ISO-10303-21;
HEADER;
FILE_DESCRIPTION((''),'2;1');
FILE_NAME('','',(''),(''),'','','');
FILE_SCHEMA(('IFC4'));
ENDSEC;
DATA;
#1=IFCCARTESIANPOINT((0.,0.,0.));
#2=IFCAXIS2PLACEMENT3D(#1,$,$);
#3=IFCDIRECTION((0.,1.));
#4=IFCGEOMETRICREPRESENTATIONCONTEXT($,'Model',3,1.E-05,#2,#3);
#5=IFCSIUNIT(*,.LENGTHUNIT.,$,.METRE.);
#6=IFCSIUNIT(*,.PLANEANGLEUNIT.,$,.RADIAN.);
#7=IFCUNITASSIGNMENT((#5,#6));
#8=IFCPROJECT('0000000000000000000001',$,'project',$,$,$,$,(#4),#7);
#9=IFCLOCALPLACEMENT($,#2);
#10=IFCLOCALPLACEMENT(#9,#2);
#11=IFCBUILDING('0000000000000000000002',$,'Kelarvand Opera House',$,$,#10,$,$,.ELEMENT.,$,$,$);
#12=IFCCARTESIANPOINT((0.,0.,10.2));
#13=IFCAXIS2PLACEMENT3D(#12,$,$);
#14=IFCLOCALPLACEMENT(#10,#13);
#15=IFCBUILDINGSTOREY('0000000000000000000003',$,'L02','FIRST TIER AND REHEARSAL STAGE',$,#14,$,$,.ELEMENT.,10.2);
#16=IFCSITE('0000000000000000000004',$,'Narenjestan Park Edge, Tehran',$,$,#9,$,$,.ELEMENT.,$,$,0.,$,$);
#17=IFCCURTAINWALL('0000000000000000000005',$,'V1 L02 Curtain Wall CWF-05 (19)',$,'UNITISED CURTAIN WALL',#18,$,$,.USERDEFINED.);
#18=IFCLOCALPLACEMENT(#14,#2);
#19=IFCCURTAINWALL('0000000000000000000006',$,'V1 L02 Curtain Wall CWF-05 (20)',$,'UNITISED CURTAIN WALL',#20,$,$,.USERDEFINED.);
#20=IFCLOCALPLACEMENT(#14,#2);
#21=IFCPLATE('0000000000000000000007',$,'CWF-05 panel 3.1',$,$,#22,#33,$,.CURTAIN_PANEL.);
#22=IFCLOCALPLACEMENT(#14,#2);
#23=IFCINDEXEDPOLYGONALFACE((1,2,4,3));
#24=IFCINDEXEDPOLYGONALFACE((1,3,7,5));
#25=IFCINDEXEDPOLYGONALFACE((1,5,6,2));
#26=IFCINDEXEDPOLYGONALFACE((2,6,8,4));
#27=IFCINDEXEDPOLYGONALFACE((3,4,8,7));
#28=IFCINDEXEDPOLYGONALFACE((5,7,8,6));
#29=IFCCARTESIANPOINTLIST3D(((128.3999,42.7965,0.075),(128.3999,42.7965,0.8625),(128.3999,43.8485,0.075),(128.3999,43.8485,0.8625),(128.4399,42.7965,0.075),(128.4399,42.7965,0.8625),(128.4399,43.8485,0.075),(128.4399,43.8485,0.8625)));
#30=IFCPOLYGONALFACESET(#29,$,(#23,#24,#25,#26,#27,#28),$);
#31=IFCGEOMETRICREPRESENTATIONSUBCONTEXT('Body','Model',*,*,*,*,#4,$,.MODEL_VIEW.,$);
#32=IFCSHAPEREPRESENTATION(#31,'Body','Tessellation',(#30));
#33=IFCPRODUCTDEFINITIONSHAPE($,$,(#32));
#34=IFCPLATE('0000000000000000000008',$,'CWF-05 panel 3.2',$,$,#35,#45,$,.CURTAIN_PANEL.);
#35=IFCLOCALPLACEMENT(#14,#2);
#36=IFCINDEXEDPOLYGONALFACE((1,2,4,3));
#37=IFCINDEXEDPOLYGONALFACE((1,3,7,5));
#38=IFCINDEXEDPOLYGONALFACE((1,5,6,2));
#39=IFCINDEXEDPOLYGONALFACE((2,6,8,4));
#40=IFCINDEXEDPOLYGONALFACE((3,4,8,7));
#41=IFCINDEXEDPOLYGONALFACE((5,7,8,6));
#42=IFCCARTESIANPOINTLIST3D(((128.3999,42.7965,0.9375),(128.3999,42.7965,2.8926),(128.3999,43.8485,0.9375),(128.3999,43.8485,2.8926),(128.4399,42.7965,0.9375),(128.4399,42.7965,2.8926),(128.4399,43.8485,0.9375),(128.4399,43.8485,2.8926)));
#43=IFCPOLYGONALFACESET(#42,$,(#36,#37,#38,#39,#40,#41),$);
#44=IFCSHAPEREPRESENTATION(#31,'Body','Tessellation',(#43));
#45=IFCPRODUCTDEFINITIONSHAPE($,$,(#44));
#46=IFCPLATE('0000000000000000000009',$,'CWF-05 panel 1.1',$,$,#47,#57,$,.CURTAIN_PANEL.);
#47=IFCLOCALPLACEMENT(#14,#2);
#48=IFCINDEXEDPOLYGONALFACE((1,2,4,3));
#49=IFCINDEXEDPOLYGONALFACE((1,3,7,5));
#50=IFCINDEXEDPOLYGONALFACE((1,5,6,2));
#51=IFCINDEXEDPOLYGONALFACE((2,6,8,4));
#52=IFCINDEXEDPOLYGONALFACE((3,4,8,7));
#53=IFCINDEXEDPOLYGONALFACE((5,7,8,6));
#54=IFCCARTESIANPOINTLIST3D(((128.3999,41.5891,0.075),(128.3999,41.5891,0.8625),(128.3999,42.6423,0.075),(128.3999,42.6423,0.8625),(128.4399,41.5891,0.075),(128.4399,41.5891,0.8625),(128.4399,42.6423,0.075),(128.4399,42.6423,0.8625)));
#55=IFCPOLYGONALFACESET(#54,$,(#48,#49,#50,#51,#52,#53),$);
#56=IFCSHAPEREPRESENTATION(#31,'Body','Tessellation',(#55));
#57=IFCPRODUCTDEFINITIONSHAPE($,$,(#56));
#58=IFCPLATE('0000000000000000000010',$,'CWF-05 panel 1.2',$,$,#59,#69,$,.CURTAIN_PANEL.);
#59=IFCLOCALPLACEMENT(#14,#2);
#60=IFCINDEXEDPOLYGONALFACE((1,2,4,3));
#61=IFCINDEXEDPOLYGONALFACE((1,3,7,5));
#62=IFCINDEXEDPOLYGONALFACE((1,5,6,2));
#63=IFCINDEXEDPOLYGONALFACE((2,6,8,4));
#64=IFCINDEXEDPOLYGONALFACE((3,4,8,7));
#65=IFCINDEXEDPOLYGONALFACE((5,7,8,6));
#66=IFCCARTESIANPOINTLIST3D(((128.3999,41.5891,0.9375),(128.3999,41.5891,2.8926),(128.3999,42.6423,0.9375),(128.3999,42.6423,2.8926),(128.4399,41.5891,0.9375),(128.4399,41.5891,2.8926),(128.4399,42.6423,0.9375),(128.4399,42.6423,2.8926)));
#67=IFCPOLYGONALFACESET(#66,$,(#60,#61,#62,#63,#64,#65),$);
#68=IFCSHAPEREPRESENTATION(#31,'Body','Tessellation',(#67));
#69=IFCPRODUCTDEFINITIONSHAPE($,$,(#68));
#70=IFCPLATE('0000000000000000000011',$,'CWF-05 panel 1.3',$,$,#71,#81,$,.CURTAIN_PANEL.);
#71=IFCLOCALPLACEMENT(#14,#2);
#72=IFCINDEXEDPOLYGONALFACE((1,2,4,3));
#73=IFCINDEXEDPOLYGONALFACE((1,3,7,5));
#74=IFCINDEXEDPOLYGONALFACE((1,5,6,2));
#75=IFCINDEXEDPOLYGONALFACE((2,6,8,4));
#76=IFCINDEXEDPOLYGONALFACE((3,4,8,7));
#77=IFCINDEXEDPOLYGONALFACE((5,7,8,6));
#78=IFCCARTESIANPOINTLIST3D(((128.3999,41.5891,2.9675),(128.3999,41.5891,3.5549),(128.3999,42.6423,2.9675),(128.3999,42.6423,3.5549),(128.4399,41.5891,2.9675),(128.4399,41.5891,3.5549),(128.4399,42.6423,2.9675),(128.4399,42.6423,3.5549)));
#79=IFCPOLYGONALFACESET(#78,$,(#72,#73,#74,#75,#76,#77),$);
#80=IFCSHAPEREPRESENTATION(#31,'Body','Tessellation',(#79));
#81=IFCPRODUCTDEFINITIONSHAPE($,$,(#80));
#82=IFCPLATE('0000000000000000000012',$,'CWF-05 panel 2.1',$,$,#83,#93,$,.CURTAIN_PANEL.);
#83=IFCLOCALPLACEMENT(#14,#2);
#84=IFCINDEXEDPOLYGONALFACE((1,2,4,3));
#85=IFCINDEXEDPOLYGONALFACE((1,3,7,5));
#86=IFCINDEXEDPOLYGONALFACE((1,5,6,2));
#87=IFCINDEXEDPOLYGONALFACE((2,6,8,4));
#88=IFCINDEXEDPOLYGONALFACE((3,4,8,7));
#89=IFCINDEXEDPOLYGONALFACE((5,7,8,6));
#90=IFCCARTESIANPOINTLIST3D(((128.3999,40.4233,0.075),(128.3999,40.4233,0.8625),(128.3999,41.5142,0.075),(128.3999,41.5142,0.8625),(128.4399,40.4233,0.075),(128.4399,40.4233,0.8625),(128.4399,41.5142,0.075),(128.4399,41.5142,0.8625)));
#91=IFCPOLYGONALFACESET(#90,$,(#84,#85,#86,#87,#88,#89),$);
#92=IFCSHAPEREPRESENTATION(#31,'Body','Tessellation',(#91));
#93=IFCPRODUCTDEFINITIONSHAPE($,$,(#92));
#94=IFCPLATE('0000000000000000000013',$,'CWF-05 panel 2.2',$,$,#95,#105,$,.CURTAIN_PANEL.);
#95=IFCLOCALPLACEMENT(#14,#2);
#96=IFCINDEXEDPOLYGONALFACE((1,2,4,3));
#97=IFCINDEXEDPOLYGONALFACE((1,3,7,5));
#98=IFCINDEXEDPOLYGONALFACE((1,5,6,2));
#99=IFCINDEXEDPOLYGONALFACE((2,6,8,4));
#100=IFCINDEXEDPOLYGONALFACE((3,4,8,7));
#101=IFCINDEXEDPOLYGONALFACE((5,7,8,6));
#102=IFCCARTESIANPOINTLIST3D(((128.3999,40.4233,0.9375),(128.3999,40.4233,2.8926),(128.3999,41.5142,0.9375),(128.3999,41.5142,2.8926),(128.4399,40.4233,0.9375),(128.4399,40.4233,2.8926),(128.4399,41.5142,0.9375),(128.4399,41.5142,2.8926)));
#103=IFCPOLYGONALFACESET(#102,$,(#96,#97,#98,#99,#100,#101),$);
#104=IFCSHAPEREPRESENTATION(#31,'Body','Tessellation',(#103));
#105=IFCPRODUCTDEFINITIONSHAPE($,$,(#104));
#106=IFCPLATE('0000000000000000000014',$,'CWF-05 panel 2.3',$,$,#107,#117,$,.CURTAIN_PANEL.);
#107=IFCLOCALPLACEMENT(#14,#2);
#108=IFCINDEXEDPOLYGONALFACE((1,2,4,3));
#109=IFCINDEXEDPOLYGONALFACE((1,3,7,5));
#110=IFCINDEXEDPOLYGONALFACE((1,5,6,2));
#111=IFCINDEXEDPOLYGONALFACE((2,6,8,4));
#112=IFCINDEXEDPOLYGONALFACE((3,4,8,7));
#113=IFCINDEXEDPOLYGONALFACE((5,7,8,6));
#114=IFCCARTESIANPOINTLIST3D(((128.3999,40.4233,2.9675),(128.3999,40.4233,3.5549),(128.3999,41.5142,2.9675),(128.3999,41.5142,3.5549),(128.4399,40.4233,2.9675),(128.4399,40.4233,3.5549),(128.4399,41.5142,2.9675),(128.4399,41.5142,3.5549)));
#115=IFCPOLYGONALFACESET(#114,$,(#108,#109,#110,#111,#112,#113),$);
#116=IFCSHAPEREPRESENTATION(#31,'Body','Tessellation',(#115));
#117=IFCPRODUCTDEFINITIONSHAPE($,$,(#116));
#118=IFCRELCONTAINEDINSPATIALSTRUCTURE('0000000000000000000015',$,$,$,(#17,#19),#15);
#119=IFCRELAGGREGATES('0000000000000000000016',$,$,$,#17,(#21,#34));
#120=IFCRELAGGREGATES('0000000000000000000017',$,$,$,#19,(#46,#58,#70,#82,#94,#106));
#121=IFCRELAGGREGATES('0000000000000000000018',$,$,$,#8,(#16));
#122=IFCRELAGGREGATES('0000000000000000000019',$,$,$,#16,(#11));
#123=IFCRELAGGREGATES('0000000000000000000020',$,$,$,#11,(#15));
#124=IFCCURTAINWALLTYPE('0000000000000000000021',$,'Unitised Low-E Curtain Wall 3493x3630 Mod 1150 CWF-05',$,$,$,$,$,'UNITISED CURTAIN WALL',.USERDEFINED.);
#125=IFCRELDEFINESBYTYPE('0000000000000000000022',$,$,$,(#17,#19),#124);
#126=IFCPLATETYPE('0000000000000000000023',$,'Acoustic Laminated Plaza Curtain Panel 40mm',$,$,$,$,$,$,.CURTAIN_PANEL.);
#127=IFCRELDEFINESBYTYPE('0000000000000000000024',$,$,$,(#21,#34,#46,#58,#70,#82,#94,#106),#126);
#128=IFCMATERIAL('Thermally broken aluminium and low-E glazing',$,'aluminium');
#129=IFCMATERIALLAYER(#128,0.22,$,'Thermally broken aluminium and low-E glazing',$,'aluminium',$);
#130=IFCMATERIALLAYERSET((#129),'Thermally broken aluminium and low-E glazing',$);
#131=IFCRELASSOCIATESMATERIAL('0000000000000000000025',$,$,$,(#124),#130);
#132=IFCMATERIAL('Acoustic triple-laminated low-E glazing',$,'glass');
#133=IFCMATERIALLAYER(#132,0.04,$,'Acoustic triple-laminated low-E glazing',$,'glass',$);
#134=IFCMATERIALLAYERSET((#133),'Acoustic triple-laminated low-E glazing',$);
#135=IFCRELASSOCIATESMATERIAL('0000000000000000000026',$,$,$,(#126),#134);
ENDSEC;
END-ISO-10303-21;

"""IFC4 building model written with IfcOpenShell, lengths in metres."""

from ifc_helpers import new_model, si_unit, direction, frame, origin, origin_2d, place, context, subcontext, project, spatial, rectangle, extrude, material, layer, layer_set, type_object, element, aggregate, save


model = new_model("IFC4")

# Units and contexts
model_context = context("Model", 3, precision=1e-05, world=origin(), true_north=direction((0.0, 1.0)))
body_context = subcontext(model_context, "Body", "Model", "MODEL_VIEW")
ifc_project = project(units=[si_unit("LENGTHUNIT", "METRE"), si_unit("PLANEANGLEUNIT", "RADIAN")], contexts=[model_context])

# Site, building, storey
site_placement = place(None, origin())
site = spatial("IfcSite", under=ifc_project, at=site_placement, Name="Narenjestan Park Edge, Tehran", CompositionType="ELEMENT", RefElevation=0.0)
building_placement = place(site_placement, origin())
building = spatial("IfcBuilding", under=site, at=building_placement, Name="Kelarvand Opera House", CompositionType="ELEMENT")
storey_placement = place(building_placement, frame((0.0, 0.0, 10.2)))
storey = spatial("IfcBuildingStorey", under=building, at=storey_placement, Name="L02", Description="FIRST TIER AND REHEARSAL STAGE", CompositionType="ELEMENT", Elevation=10.2)

# Curtain wall
ifc_material_1 = material(Name="Thermally broken aluminium and low-E glazing", Category="aluminium")
ifc_layer_1 = layer(ifc_material_1, 0.22, Name="Thermally broken aluminium and low-E glazing", Category="aluminium")
ifc_layer_set_1 = layer_set([ifc_layer_1], Name="Thermally broken aluminium and low-E glazing")
curtain_wall_type = type_object("IfcCurtainWallType", Name="Unitised Low-E Curtain Wall 3493x3630 Mod 1150 CWF-05", ElementType="UNITISED CURTAIN WALL", PredefinedType="USERDEFINED", material=ifc_layer_set_1)
curtain_wall_1_placement = place(storey_placement, origin())
curtain_wall_1 = element("IfcCurtainWall", 1, at=curtain_wall_1_placement, inside=storey, type_object=curtain_wall_type, Name="V1 L02 Curtain Wall CWF-05 (19)", ObjectType="UNITISED CURTAIN WALL", PredefinedType="USERDEFINED")

# Curtain wall
curtain_wall_2_placement = place(storey_placement, origin())
curtain_wall_2 = element("IfcCurtainWall", 2, at=curtain_wall_2_placement, inside=storey, type_object=curtain_wall_type, Name="V1 L02 Curtain Wall CWF-05 (20)", ObjectType="UNITISED CURTAIN WALL", PredefinedType="USERDEFINED")

# Plates
ifc_material_2 = material(Name="Acoustic triple-laminated low-E glazing", Category="glass")
ifc_layer_2 = layer(ifc_material_2, 0.04, Name="Acoustic triple-laminated low-E glazing", Category="glass")
ifc_layer_set_2 = layer_set([ifc_layer_2], Name="Acoustic triple-laminated low-E glazing")
plate_type = type_object("IfcPlateType", Name="Acoustic Laminated Plaza Curtain Panel 40mm", PredefinedType="CURTAIN_PANEL", material=ifc_layer_set_2)
plate_1_placement = place(storey_placement, frame((128.4199, 43.3225, 0.075), z_axis=(0.0, 0.0, 1.0), x_axis=(0.0, -1.0, 0.0)))
plate_1 = element("IfcPlate", 3, at=plate_1_placement, type_object=plate_type, Name="CWF-05 panel 3.1", PredefinedType="CURTAIN_PANEL", context=body_context, shape_type="SweptSolid", body=[
    extrude(rectangle(XDim=1.052, YDim=0.04, at=origin_2d()), origin(), (0.0, 0.0, 1.0), 0.7876),
])
plate_2_placement = place(storey_placement, frame((128.4199, 43.3225, 0.9375), z_axis=(0.0, 0.0, 1.0), x_axis=(0.0, -1.0, 0.0)))
plate_2 = element("IfcPlate", 4, at=plate_2_placement, type_object=plate_type, Name="CWF-05 panel 3.2", PredefinedType="CURTAIN_PANEL", context=body_context, shape_type="SweptSolid", body=[
    extrude(rectangle(XDim=1.052, YDim=0.04, at=origin_2d()), origin(), (0.0, 0.0, 1.0), 1.9551),
])
aggregate(curtain_wall_1, [plate_1, plate_2])
plate_3_placement = place(storey_placement, frame((128.4199, 42.1157, 0.075), z_axis=(0.0, 0.0, 1.0), x_axis=(0.0, -1.0, 0.0)))
plate_3 = element("IfcPlate", 5, at=plate_3_placement, type_object=plate_type, Name="CWF-05 panel 1.1", PredefinedType="CURTAIN_PANEL", context=body_context, shape_type="SweptSolid", body=[
    extrude(rectangle(XDim=1.0532, YDim=0.04, at=origin_2d()), origin(), (0.0, 0.0, 1.0), 0.7876),
])
plate_4_placement = place(storey_placement, frame((128.4199, 42.1157, 0.9375), z_axis=(0.0, 0.0, 1.0), x_axis=(0.0, -1.0, 0.0)))
plate_4 = element("IfcPlate", 6, at=plate_4_placement, type_object=plate_type, Name="CWF-05 panel 1.2", PredefinedType="CURTAIN_PANEL", context=body_context, shape_type="SweptSolid", body=[
    extrude(rectangle(XDim=1.0532, YDim=0.04, at=origin_2d()), origin(), (0.0, 0.0, 1.0), 1.9551),
])
plate_5_placement = place(storey_placement, frame((128.4199, 42.1157, 2.9675), z_axis=(0.0, 0.0, 1.0), x_axis=(0.0, -1.0, 0.0)))
plate_5 = element("IfcPlate", 7, at=plate_5_placement, type_object=plate_type, Name="CWF-05 panel 1.3", PredefinedType="CURTAIN_PANEL", context=body_context, shape_type="SweptSolid", body=[
    extrude(rectangle(XDim=1.0532, YDim=0.04, at=origin_2d()), origin(), (0.0, 0.0, 1.0), 0.5874),
])
plate_6_placement = place(storey_placement, frame((128.4199, 40.9688, 0.075), z_axis=(0.0, 0.0, 1.0), x_axis=(0.0, -1.0, 0.0)))
plate_6 = element("IfcPlate", 8, at=plate_6_placement, type_object=plate_type, Name="CWF-05 panel 2.1", PredefinedType="CURTAIN_PANEL", context=body_context, shape_type="SweptSolid", body=[
    extrude(rectangle(XDim=1.0908, YDim=0.04, at=origin_2d()), origin(), (0.0, 0.0, 1.0), 0.7876),
])
plate_7_placement = place(storey_placement, frame((128.4199, 40.9688, 0.9375), z_axis=(0.0, 0.0, 1.0), x_axis=(0.0, -1.0, 0.0)))
plate_7 = element("IfcPlate", 9, at=plate_7_placement, type_object=plate_type, Name="CWF-05 panel 2.2", PredefinedType="CURTAIN_PANEL", context=body_context, shape_type="SweptSolid", body=[
    extrude(rectangle(XDim=1.0908, YDim=0.04, at=origin_2d()), origin(), (0.0, 0.0, 1.0), 1.9551),
])
plate_8_placement = place(storey_placement, frame((128.4199, 40.9688, 2.9675), z_axis=(0.0, 0.0, 1.0), x_axis=(0.0, -1.0, 0.0)))
plate_8 = element("IfcPlate", 10, at=plate_8_placement, type_object=plate_type, Name="CWF-05 panel 2.3", PredefinedType="CURTAIN_PANEL", context=body_context, shape_type="SweptSolid", body=[
    extrude(rectangle(XDim=1.0908, YDim=0.04, at=origin_2d()), origin(), (0.0, 0.0, 1.0), 0.5874),
])
aggregate(curtain_wall_2, [plate_3, plate_4, plate_5, plate_6, plate_7, plate_8])

save(model, "model.ifc")
